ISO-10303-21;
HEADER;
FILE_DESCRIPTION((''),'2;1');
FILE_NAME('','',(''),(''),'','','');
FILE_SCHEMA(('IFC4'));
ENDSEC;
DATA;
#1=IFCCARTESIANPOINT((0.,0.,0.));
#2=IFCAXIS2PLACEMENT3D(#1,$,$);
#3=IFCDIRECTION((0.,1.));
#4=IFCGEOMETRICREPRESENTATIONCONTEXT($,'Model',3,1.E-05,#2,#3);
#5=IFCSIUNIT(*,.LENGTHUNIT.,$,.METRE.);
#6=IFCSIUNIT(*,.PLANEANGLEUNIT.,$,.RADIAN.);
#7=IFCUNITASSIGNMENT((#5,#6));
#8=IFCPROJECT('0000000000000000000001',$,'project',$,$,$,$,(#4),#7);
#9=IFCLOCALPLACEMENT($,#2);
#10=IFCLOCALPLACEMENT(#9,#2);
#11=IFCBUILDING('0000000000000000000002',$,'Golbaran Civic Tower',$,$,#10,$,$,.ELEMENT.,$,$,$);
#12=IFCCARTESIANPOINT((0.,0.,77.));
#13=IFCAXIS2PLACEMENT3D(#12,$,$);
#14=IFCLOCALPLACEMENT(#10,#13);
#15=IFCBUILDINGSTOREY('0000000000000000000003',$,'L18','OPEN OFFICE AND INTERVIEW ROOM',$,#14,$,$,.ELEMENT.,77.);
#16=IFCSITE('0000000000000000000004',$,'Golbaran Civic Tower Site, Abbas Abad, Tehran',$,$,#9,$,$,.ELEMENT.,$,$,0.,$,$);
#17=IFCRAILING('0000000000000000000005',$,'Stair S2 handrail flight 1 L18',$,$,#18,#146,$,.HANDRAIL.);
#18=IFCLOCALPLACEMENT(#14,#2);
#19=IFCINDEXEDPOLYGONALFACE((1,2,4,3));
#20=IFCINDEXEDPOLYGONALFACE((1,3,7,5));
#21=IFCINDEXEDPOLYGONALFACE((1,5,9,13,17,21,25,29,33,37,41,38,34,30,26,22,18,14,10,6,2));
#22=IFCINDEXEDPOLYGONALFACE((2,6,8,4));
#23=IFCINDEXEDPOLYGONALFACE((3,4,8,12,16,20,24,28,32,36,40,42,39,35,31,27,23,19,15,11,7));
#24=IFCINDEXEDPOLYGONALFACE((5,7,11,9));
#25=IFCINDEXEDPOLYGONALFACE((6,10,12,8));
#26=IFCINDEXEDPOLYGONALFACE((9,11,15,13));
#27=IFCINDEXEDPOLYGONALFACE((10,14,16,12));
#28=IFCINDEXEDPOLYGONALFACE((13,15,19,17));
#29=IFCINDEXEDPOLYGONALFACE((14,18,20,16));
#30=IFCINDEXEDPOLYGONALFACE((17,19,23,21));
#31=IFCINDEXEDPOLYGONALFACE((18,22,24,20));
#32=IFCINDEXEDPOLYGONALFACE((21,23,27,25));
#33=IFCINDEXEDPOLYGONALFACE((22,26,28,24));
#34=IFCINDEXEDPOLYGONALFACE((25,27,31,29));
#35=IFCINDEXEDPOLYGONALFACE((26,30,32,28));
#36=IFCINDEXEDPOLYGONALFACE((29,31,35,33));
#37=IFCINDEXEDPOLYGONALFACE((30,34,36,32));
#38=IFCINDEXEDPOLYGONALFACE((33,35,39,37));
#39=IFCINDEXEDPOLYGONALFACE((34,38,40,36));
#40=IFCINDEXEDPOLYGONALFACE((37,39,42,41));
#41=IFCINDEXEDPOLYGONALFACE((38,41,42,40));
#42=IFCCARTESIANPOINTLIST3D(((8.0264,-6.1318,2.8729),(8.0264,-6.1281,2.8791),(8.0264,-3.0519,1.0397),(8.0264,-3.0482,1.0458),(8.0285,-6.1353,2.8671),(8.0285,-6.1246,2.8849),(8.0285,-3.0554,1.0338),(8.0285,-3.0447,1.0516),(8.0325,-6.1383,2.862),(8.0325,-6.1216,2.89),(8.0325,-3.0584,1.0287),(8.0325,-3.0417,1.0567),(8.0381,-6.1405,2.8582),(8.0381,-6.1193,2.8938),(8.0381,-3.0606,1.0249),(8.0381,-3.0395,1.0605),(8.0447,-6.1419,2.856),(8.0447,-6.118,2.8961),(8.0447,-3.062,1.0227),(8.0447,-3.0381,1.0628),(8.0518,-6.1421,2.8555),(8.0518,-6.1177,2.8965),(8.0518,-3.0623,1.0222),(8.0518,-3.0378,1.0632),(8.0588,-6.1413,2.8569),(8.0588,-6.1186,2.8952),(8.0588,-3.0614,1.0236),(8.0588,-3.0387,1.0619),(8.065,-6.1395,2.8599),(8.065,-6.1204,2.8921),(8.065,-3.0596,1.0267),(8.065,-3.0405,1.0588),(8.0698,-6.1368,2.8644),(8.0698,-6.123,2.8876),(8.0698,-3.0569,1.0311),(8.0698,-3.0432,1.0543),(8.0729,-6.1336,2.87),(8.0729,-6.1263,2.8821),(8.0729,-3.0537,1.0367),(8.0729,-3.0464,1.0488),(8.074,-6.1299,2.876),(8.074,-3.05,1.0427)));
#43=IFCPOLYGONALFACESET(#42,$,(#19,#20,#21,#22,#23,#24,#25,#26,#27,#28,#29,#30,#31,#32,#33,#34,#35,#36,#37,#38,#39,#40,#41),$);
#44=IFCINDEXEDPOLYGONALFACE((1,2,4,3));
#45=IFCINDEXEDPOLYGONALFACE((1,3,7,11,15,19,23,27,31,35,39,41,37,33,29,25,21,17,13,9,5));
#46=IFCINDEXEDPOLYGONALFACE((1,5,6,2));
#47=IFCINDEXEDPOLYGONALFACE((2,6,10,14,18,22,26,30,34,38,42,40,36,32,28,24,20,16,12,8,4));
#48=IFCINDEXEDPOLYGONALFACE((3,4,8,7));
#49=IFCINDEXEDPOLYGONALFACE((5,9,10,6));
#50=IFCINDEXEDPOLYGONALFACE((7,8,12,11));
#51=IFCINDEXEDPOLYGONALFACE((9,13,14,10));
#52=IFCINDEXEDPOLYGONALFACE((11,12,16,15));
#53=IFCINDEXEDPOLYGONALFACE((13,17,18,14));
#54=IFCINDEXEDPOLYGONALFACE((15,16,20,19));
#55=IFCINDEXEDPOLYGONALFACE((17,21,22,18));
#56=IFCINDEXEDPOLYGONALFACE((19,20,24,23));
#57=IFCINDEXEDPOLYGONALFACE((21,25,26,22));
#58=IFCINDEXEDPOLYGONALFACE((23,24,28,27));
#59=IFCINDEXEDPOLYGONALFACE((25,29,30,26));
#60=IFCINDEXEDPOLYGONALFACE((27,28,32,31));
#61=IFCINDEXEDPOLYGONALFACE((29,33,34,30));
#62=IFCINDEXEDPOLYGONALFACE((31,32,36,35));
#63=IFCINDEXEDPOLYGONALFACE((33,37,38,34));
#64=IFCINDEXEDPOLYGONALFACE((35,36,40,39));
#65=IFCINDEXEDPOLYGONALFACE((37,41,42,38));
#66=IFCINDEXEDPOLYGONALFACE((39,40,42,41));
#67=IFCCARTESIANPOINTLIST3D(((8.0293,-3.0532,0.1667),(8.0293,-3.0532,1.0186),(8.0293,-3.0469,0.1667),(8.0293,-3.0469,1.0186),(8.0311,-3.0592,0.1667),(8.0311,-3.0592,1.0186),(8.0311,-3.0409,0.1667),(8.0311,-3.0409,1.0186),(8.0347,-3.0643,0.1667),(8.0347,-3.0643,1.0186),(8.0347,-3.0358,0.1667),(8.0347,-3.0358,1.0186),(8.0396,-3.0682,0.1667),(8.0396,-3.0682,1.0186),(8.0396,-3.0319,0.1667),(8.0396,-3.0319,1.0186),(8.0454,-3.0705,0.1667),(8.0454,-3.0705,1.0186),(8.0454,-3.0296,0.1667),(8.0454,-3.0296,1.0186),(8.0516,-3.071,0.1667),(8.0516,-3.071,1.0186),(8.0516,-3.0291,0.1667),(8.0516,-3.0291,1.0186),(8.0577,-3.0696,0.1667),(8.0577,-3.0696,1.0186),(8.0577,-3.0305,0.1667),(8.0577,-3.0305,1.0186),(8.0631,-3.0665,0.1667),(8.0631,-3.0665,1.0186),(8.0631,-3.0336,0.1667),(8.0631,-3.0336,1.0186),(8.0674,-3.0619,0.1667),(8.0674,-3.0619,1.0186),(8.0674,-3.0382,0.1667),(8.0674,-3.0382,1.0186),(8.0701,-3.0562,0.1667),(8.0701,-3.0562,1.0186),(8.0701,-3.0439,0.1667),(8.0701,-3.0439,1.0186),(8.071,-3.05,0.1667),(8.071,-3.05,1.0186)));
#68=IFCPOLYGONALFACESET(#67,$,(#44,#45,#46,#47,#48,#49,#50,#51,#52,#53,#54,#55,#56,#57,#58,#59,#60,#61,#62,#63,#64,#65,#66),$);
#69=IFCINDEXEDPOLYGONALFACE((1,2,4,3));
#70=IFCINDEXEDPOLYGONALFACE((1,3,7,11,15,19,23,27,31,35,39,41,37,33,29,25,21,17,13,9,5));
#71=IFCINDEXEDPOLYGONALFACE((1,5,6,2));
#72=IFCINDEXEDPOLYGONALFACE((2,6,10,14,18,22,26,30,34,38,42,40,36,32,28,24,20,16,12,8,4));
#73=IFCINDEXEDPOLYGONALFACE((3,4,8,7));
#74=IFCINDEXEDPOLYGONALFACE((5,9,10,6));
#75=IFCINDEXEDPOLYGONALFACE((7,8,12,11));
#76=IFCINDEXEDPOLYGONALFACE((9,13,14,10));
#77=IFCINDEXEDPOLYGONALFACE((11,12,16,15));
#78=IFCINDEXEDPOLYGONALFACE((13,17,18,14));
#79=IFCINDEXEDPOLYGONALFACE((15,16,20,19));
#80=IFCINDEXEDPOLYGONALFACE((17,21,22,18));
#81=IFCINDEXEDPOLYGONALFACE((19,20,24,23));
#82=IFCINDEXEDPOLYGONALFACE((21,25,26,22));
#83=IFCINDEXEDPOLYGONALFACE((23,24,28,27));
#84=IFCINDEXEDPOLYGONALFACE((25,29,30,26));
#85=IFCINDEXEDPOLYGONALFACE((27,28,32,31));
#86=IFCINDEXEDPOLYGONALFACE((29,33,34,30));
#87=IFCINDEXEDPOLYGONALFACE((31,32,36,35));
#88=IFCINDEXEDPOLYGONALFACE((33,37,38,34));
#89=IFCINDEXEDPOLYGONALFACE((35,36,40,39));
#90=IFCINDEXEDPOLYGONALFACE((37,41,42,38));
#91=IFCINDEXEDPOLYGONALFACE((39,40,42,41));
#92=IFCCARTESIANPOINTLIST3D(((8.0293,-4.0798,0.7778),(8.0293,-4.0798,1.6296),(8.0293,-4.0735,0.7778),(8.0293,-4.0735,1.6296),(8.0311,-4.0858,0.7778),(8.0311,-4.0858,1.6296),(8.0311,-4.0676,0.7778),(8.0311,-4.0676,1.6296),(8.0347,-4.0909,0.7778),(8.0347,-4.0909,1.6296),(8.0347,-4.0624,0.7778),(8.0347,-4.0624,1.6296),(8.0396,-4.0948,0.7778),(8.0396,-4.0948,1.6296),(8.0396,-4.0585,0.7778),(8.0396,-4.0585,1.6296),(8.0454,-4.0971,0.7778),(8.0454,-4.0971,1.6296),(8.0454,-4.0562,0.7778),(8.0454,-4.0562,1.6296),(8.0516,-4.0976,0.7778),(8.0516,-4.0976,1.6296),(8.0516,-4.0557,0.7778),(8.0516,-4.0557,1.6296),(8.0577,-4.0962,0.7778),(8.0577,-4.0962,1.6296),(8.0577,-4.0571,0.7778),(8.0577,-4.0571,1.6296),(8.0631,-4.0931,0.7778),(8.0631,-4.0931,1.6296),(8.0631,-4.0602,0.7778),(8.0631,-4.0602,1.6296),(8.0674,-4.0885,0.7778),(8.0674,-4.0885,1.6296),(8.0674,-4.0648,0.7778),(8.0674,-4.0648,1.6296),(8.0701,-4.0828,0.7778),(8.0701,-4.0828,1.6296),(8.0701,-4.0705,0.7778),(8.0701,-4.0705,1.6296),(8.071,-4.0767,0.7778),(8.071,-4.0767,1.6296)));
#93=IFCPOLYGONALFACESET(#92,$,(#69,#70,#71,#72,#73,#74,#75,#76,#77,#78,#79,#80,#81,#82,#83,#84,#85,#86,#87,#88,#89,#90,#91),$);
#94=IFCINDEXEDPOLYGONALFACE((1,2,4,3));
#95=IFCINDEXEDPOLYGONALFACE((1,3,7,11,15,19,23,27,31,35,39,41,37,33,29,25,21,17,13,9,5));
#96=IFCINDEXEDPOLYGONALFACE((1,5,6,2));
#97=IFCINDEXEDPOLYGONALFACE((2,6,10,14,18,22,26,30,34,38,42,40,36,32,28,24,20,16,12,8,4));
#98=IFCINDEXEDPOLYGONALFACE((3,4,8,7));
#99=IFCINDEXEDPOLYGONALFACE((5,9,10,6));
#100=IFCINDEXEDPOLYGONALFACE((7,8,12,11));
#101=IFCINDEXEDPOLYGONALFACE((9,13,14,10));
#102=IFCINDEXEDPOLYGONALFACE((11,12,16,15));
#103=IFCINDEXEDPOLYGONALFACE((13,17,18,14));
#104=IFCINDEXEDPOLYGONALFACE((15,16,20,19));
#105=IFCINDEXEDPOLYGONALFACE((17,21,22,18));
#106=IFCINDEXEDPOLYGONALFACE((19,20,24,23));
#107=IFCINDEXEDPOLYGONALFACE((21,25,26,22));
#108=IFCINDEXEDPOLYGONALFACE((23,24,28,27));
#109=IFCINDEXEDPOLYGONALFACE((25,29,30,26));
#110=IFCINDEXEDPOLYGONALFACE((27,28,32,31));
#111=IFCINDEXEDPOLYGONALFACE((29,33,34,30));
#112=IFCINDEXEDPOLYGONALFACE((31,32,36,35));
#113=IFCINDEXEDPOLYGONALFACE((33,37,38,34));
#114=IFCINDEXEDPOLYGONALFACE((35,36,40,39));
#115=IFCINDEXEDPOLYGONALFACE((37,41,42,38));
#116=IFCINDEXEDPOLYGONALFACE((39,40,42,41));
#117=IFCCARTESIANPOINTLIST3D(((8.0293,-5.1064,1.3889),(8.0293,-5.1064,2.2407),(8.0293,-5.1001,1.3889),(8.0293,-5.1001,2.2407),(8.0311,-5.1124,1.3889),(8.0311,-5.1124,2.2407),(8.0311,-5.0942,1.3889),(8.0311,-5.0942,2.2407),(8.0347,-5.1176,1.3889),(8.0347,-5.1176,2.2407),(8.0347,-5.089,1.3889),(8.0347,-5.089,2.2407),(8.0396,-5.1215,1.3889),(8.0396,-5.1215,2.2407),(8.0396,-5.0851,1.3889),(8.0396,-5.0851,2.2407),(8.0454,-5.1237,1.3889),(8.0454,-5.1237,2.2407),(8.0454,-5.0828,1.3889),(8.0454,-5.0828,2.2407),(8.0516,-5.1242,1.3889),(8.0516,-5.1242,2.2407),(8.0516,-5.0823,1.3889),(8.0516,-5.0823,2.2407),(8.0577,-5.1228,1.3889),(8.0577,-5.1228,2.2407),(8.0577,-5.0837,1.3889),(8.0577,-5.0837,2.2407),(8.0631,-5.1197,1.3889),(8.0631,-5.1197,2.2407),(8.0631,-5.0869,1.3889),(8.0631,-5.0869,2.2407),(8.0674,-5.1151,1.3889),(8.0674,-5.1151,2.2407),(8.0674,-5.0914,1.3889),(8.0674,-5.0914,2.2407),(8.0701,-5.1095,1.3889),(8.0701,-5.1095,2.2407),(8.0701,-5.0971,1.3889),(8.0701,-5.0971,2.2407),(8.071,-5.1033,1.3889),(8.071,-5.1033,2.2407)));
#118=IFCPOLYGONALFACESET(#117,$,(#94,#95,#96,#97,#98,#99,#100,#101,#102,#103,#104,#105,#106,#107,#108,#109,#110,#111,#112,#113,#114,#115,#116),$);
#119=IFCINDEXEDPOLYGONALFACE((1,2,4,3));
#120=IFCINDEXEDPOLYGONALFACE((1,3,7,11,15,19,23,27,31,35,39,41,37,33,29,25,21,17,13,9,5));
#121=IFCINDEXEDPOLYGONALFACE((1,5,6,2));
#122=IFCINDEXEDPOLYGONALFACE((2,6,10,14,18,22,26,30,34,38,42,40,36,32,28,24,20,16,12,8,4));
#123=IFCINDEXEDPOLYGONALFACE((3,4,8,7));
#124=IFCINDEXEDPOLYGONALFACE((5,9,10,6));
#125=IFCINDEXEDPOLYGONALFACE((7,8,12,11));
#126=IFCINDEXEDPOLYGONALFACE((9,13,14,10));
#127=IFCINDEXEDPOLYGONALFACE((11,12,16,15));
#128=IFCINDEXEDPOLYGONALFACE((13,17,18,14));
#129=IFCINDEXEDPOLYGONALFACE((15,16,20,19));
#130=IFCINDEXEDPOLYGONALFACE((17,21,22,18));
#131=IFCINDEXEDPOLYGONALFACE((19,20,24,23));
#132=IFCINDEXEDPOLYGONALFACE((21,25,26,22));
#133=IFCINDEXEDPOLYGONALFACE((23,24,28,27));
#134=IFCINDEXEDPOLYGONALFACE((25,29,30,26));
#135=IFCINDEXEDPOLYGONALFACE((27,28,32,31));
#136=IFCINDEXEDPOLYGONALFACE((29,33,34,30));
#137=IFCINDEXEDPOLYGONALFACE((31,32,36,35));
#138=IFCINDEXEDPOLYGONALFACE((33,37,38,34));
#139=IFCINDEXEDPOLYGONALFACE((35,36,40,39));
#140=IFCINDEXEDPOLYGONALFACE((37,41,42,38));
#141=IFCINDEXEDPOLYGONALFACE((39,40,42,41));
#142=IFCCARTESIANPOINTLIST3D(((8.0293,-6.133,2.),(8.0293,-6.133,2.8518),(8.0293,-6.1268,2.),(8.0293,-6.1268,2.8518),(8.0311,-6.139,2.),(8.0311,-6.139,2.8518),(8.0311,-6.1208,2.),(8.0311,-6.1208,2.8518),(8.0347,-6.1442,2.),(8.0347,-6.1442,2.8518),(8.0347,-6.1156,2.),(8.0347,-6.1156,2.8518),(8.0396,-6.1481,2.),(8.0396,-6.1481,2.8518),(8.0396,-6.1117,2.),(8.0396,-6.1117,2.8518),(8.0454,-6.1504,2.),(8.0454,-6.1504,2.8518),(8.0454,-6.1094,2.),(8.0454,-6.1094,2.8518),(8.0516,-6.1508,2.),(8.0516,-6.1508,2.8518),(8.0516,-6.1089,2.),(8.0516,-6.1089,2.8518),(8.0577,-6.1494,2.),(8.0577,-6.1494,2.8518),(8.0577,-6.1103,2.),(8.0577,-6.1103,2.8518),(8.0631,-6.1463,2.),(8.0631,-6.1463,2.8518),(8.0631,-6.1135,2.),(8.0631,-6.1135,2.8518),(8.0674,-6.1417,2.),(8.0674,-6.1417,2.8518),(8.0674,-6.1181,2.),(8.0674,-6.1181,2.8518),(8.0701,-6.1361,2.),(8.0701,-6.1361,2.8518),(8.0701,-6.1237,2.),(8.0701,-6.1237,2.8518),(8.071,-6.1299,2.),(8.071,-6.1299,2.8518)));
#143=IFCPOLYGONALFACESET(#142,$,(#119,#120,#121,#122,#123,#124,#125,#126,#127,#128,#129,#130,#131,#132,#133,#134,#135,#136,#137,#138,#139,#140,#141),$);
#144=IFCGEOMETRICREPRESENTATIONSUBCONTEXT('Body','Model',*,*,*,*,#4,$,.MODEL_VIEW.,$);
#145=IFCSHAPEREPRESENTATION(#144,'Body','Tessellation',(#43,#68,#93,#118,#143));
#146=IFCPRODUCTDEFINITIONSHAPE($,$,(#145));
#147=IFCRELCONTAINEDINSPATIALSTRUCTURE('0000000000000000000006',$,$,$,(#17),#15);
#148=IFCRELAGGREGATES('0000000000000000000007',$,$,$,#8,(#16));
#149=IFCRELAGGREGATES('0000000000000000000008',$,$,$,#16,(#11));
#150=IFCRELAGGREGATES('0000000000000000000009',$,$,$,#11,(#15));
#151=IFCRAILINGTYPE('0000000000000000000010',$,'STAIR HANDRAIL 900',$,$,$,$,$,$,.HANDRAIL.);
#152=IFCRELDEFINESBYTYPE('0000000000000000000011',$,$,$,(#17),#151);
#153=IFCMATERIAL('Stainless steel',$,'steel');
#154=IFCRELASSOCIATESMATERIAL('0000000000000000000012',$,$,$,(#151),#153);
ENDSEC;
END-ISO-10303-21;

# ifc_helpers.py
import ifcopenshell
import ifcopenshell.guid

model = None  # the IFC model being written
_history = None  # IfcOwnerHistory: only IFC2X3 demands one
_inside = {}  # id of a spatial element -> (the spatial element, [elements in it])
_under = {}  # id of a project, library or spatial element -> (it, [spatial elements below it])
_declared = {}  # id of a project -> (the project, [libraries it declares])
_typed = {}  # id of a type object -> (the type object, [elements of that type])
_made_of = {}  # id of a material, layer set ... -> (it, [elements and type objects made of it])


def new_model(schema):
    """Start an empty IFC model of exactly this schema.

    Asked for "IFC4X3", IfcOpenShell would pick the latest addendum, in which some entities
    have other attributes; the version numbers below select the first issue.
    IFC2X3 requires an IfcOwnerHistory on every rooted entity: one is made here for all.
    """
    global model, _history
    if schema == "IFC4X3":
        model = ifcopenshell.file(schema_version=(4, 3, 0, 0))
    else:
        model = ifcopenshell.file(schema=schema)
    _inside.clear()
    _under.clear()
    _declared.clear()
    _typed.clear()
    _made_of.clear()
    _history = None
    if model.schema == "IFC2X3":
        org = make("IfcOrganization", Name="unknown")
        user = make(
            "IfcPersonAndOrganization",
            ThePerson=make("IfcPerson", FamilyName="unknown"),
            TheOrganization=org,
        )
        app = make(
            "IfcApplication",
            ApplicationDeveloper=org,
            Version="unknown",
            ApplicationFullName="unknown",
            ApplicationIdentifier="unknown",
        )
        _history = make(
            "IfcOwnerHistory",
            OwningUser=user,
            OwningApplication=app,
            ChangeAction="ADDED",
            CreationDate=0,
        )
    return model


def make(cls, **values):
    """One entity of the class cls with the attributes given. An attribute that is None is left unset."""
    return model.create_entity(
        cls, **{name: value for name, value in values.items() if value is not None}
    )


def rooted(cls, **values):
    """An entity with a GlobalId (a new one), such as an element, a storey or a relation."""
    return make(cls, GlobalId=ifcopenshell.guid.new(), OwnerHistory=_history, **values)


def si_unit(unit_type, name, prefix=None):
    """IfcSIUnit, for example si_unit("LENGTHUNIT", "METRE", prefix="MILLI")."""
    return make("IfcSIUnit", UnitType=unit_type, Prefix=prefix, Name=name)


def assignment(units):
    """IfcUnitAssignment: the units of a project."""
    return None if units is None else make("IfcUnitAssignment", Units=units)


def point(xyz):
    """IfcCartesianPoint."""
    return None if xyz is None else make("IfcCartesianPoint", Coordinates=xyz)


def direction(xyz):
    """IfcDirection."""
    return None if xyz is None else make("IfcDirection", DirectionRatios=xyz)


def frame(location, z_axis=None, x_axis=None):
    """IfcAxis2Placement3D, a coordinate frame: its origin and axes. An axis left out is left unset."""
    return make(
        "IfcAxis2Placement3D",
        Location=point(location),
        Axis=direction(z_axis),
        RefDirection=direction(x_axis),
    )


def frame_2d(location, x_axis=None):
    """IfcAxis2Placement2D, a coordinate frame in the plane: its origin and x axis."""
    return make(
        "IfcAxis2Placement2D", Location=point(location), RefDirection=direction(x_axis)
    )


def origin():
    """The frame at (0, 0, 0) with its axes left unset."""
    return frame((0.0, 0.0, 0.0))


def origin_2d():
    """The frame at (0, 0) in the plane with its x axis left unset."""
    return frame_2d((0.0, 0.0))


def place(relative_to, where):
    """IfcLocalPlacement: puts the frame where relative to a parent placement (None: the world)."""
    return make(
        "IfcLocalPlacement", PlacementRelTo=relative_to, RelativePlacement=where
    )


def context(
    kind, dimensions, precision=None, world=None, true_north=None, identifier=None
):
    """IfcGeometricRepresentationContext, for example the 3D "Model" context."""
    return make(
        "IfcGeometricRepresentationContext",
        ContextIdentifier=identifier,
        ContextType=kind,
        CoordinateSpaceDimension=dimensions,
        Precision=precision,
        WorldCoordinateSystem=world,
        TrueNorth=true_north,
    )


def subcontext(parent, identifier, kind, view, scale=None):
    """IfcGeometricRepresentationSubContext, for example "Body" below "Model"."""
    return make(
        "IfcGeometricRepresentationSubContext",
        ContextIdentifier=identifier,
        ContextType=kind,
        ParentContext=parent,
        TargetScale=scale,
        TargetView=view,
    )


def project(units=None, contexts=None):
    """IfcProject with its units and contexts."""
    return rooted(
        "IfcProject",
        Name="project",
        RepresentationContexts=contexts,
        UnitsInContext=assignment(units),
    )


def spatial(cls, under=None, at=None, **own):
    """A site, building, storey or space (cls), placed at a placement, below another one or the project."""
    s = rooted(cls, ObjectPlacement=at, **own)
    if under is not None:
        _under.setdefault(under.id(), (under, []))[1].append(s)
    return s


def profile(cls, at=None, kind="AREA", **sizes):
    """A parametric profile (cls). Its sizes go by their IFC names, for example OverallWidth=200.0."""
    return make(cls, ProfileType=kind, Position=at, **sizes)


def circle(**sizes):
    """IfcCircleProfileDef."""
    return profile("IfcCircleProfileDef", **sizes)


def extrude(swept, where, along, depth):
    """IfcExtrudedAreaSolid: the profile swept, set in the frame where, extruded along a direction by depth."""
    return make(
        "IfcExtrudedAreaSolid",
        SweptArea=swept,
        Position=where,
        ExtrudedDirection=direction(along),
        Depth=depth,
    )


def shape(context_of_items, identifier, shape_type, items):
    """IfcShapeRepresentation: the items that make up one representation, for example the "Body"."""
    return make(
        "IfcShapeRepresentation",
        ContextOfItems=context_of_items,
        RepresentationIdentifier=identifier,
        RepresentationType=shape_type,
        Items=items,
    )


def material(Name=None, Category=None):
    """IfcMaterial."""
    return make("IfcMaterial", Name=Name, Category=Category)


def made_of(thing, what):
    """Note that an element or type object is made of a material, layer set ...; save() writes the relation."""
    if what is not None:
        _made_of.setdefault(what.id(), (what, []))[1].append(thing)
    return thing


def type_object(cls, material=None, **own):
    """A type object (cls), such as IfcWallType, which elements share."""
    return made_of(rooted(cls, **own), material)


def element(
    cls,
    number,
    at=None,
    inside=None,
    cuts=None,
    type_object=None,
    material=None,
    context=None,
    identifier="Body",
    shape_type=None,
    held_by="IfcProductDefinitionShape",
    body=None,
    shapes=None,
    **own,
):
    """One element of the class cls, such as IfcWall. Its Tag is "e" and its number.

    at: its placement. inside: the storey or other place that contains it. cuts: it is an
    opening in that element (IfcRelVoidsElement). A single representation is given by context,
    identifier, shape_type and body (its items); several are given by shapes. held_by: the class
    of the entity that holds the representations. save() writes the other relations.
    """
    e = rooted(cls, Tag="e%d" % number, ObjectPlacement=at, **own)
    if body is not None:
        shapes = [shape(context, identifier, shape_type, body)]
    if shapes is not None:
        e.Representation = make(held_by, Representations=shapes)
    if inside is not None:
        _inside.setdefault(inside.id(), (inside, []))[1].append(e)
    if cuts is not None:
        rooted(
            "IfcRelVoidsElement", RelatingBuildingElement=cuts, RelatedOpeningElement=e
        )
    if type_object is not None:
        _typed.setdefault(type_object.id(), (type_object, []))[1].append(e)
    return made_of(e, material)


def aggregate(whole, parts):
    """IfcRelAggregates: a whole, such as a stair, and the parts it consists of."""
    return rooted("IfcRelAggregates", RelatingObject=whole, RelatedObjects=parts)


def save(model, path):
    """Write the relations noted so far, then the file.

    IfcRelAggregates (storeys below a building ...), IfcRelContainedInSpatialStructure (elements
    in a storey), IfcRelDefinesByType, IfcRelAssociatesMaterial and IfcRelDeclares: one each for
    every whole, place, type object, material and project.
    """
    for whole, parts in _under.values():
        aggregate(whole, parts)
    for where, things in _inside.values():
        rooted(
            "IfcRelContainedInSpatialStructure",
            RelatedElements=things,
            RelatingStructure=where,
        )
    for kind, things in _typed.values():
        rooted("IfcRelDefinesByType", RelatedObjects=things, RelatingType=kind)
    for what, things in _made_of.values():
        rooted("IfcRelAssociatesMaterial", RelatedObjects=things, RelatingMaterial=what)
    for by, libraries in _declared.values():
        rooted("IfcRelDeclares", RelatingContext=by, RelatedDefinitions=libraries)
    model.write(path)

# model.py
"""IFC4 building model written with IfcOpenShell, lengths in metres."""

from ifc_helpers import new_model, si_unit, direction, frame, origin, origin_2d, place, context, subcontext, project, spatial, circle, extrude, material, type_object, element, save


model = new_model("IFC4")

# Units and contexts
model_context = context("Model", 3, precision=1e-05, world=origin(), true_north=direction((0.0, 1.0)))
body_context = subcontext(model_context, "Body", "Model", "MODEL_VIEW")
ifc_project = project(units=[si_unit("LENGTHUNIT", "METRE"), si_unit("PLANEANGLEUNIT", "RADIAN")], contexts=[model_context])

# Site, building, storey
site_placement = place(None, origin())
site = spatial("IfcSite", under=ifc_project, at=site_placement, Name="Golbaran Civic Tower Site, Abbas Abad, Tehran", CompositionType="ELEMENT", RefElevation=0.0)
building_placement = place(site_placement, origin())
building = spatial("IfcBuilding", under=site, at=building_placement, Name="Golbaran Civic Tower", CompositionType="ELEMENT")
storey_placement = place(building_placement, frame((0.0, 0.0, 77.0)))
storey = spatial("IfcBuildingStorey", under=building, at=storey_placement, Name="L18", Description="OPEN OFFICE AND INTERVIEW ROOM", CompositionType="ELEMENT", Elevation=77.0)

# Railing
ifc_material_1 = material(Name="Stainless steel", Category="steel")
railing_type = type_object("IfcRailingType", Name="STAIR HANDRAIL 900", PredefinedType="HANDRAIL", material=ifc_material_1)
railing_1_placement = place(storey_placement, frame((8.05, -3.05, 0.1667)))
element("IfcRailing", 1, at=railing_1_placement, inside=storey, type_object=railing_type, Name="Stair S2 handrail flight 1 L18", PredefinedType="HANDRAIL", context=body_context, shape_type="SweptSolid", body=[
    extrude(circle(Radius=0.0239, at=origin_2d()), frame((0.0, 0.0, 0.876), z_axis=(0.0, -0.859291, 0.511487), x_axis=(1.0, 0.0, 0.0)), (0.0, 0.0, 1.0), 3.5842),
    extrude(circle(Radius=0.021, at=origin_2d()), origin(), (0.0, 0.0, 1.0), 0.8518),
    extrude(circle(Radius=0.021, at=origin_2d()), frame((0.0, -1.0266, 0.6111)), (0.0, 0.0, 1.0), 0.8518),
    extrude(circle(Radius=0.021, at=origin_2d()), frame((0.0, -2.0532, 1.2222)), (0.0, 0.0, 1.0), 0.8518),
    extrude(circle(Radius=0.021, at=origin_2d()), frame((0.0, -3.0798, 1.8333)), (0.0, 0.0, 1.0), 0.8518),
])

save(model, "model.ifc")
